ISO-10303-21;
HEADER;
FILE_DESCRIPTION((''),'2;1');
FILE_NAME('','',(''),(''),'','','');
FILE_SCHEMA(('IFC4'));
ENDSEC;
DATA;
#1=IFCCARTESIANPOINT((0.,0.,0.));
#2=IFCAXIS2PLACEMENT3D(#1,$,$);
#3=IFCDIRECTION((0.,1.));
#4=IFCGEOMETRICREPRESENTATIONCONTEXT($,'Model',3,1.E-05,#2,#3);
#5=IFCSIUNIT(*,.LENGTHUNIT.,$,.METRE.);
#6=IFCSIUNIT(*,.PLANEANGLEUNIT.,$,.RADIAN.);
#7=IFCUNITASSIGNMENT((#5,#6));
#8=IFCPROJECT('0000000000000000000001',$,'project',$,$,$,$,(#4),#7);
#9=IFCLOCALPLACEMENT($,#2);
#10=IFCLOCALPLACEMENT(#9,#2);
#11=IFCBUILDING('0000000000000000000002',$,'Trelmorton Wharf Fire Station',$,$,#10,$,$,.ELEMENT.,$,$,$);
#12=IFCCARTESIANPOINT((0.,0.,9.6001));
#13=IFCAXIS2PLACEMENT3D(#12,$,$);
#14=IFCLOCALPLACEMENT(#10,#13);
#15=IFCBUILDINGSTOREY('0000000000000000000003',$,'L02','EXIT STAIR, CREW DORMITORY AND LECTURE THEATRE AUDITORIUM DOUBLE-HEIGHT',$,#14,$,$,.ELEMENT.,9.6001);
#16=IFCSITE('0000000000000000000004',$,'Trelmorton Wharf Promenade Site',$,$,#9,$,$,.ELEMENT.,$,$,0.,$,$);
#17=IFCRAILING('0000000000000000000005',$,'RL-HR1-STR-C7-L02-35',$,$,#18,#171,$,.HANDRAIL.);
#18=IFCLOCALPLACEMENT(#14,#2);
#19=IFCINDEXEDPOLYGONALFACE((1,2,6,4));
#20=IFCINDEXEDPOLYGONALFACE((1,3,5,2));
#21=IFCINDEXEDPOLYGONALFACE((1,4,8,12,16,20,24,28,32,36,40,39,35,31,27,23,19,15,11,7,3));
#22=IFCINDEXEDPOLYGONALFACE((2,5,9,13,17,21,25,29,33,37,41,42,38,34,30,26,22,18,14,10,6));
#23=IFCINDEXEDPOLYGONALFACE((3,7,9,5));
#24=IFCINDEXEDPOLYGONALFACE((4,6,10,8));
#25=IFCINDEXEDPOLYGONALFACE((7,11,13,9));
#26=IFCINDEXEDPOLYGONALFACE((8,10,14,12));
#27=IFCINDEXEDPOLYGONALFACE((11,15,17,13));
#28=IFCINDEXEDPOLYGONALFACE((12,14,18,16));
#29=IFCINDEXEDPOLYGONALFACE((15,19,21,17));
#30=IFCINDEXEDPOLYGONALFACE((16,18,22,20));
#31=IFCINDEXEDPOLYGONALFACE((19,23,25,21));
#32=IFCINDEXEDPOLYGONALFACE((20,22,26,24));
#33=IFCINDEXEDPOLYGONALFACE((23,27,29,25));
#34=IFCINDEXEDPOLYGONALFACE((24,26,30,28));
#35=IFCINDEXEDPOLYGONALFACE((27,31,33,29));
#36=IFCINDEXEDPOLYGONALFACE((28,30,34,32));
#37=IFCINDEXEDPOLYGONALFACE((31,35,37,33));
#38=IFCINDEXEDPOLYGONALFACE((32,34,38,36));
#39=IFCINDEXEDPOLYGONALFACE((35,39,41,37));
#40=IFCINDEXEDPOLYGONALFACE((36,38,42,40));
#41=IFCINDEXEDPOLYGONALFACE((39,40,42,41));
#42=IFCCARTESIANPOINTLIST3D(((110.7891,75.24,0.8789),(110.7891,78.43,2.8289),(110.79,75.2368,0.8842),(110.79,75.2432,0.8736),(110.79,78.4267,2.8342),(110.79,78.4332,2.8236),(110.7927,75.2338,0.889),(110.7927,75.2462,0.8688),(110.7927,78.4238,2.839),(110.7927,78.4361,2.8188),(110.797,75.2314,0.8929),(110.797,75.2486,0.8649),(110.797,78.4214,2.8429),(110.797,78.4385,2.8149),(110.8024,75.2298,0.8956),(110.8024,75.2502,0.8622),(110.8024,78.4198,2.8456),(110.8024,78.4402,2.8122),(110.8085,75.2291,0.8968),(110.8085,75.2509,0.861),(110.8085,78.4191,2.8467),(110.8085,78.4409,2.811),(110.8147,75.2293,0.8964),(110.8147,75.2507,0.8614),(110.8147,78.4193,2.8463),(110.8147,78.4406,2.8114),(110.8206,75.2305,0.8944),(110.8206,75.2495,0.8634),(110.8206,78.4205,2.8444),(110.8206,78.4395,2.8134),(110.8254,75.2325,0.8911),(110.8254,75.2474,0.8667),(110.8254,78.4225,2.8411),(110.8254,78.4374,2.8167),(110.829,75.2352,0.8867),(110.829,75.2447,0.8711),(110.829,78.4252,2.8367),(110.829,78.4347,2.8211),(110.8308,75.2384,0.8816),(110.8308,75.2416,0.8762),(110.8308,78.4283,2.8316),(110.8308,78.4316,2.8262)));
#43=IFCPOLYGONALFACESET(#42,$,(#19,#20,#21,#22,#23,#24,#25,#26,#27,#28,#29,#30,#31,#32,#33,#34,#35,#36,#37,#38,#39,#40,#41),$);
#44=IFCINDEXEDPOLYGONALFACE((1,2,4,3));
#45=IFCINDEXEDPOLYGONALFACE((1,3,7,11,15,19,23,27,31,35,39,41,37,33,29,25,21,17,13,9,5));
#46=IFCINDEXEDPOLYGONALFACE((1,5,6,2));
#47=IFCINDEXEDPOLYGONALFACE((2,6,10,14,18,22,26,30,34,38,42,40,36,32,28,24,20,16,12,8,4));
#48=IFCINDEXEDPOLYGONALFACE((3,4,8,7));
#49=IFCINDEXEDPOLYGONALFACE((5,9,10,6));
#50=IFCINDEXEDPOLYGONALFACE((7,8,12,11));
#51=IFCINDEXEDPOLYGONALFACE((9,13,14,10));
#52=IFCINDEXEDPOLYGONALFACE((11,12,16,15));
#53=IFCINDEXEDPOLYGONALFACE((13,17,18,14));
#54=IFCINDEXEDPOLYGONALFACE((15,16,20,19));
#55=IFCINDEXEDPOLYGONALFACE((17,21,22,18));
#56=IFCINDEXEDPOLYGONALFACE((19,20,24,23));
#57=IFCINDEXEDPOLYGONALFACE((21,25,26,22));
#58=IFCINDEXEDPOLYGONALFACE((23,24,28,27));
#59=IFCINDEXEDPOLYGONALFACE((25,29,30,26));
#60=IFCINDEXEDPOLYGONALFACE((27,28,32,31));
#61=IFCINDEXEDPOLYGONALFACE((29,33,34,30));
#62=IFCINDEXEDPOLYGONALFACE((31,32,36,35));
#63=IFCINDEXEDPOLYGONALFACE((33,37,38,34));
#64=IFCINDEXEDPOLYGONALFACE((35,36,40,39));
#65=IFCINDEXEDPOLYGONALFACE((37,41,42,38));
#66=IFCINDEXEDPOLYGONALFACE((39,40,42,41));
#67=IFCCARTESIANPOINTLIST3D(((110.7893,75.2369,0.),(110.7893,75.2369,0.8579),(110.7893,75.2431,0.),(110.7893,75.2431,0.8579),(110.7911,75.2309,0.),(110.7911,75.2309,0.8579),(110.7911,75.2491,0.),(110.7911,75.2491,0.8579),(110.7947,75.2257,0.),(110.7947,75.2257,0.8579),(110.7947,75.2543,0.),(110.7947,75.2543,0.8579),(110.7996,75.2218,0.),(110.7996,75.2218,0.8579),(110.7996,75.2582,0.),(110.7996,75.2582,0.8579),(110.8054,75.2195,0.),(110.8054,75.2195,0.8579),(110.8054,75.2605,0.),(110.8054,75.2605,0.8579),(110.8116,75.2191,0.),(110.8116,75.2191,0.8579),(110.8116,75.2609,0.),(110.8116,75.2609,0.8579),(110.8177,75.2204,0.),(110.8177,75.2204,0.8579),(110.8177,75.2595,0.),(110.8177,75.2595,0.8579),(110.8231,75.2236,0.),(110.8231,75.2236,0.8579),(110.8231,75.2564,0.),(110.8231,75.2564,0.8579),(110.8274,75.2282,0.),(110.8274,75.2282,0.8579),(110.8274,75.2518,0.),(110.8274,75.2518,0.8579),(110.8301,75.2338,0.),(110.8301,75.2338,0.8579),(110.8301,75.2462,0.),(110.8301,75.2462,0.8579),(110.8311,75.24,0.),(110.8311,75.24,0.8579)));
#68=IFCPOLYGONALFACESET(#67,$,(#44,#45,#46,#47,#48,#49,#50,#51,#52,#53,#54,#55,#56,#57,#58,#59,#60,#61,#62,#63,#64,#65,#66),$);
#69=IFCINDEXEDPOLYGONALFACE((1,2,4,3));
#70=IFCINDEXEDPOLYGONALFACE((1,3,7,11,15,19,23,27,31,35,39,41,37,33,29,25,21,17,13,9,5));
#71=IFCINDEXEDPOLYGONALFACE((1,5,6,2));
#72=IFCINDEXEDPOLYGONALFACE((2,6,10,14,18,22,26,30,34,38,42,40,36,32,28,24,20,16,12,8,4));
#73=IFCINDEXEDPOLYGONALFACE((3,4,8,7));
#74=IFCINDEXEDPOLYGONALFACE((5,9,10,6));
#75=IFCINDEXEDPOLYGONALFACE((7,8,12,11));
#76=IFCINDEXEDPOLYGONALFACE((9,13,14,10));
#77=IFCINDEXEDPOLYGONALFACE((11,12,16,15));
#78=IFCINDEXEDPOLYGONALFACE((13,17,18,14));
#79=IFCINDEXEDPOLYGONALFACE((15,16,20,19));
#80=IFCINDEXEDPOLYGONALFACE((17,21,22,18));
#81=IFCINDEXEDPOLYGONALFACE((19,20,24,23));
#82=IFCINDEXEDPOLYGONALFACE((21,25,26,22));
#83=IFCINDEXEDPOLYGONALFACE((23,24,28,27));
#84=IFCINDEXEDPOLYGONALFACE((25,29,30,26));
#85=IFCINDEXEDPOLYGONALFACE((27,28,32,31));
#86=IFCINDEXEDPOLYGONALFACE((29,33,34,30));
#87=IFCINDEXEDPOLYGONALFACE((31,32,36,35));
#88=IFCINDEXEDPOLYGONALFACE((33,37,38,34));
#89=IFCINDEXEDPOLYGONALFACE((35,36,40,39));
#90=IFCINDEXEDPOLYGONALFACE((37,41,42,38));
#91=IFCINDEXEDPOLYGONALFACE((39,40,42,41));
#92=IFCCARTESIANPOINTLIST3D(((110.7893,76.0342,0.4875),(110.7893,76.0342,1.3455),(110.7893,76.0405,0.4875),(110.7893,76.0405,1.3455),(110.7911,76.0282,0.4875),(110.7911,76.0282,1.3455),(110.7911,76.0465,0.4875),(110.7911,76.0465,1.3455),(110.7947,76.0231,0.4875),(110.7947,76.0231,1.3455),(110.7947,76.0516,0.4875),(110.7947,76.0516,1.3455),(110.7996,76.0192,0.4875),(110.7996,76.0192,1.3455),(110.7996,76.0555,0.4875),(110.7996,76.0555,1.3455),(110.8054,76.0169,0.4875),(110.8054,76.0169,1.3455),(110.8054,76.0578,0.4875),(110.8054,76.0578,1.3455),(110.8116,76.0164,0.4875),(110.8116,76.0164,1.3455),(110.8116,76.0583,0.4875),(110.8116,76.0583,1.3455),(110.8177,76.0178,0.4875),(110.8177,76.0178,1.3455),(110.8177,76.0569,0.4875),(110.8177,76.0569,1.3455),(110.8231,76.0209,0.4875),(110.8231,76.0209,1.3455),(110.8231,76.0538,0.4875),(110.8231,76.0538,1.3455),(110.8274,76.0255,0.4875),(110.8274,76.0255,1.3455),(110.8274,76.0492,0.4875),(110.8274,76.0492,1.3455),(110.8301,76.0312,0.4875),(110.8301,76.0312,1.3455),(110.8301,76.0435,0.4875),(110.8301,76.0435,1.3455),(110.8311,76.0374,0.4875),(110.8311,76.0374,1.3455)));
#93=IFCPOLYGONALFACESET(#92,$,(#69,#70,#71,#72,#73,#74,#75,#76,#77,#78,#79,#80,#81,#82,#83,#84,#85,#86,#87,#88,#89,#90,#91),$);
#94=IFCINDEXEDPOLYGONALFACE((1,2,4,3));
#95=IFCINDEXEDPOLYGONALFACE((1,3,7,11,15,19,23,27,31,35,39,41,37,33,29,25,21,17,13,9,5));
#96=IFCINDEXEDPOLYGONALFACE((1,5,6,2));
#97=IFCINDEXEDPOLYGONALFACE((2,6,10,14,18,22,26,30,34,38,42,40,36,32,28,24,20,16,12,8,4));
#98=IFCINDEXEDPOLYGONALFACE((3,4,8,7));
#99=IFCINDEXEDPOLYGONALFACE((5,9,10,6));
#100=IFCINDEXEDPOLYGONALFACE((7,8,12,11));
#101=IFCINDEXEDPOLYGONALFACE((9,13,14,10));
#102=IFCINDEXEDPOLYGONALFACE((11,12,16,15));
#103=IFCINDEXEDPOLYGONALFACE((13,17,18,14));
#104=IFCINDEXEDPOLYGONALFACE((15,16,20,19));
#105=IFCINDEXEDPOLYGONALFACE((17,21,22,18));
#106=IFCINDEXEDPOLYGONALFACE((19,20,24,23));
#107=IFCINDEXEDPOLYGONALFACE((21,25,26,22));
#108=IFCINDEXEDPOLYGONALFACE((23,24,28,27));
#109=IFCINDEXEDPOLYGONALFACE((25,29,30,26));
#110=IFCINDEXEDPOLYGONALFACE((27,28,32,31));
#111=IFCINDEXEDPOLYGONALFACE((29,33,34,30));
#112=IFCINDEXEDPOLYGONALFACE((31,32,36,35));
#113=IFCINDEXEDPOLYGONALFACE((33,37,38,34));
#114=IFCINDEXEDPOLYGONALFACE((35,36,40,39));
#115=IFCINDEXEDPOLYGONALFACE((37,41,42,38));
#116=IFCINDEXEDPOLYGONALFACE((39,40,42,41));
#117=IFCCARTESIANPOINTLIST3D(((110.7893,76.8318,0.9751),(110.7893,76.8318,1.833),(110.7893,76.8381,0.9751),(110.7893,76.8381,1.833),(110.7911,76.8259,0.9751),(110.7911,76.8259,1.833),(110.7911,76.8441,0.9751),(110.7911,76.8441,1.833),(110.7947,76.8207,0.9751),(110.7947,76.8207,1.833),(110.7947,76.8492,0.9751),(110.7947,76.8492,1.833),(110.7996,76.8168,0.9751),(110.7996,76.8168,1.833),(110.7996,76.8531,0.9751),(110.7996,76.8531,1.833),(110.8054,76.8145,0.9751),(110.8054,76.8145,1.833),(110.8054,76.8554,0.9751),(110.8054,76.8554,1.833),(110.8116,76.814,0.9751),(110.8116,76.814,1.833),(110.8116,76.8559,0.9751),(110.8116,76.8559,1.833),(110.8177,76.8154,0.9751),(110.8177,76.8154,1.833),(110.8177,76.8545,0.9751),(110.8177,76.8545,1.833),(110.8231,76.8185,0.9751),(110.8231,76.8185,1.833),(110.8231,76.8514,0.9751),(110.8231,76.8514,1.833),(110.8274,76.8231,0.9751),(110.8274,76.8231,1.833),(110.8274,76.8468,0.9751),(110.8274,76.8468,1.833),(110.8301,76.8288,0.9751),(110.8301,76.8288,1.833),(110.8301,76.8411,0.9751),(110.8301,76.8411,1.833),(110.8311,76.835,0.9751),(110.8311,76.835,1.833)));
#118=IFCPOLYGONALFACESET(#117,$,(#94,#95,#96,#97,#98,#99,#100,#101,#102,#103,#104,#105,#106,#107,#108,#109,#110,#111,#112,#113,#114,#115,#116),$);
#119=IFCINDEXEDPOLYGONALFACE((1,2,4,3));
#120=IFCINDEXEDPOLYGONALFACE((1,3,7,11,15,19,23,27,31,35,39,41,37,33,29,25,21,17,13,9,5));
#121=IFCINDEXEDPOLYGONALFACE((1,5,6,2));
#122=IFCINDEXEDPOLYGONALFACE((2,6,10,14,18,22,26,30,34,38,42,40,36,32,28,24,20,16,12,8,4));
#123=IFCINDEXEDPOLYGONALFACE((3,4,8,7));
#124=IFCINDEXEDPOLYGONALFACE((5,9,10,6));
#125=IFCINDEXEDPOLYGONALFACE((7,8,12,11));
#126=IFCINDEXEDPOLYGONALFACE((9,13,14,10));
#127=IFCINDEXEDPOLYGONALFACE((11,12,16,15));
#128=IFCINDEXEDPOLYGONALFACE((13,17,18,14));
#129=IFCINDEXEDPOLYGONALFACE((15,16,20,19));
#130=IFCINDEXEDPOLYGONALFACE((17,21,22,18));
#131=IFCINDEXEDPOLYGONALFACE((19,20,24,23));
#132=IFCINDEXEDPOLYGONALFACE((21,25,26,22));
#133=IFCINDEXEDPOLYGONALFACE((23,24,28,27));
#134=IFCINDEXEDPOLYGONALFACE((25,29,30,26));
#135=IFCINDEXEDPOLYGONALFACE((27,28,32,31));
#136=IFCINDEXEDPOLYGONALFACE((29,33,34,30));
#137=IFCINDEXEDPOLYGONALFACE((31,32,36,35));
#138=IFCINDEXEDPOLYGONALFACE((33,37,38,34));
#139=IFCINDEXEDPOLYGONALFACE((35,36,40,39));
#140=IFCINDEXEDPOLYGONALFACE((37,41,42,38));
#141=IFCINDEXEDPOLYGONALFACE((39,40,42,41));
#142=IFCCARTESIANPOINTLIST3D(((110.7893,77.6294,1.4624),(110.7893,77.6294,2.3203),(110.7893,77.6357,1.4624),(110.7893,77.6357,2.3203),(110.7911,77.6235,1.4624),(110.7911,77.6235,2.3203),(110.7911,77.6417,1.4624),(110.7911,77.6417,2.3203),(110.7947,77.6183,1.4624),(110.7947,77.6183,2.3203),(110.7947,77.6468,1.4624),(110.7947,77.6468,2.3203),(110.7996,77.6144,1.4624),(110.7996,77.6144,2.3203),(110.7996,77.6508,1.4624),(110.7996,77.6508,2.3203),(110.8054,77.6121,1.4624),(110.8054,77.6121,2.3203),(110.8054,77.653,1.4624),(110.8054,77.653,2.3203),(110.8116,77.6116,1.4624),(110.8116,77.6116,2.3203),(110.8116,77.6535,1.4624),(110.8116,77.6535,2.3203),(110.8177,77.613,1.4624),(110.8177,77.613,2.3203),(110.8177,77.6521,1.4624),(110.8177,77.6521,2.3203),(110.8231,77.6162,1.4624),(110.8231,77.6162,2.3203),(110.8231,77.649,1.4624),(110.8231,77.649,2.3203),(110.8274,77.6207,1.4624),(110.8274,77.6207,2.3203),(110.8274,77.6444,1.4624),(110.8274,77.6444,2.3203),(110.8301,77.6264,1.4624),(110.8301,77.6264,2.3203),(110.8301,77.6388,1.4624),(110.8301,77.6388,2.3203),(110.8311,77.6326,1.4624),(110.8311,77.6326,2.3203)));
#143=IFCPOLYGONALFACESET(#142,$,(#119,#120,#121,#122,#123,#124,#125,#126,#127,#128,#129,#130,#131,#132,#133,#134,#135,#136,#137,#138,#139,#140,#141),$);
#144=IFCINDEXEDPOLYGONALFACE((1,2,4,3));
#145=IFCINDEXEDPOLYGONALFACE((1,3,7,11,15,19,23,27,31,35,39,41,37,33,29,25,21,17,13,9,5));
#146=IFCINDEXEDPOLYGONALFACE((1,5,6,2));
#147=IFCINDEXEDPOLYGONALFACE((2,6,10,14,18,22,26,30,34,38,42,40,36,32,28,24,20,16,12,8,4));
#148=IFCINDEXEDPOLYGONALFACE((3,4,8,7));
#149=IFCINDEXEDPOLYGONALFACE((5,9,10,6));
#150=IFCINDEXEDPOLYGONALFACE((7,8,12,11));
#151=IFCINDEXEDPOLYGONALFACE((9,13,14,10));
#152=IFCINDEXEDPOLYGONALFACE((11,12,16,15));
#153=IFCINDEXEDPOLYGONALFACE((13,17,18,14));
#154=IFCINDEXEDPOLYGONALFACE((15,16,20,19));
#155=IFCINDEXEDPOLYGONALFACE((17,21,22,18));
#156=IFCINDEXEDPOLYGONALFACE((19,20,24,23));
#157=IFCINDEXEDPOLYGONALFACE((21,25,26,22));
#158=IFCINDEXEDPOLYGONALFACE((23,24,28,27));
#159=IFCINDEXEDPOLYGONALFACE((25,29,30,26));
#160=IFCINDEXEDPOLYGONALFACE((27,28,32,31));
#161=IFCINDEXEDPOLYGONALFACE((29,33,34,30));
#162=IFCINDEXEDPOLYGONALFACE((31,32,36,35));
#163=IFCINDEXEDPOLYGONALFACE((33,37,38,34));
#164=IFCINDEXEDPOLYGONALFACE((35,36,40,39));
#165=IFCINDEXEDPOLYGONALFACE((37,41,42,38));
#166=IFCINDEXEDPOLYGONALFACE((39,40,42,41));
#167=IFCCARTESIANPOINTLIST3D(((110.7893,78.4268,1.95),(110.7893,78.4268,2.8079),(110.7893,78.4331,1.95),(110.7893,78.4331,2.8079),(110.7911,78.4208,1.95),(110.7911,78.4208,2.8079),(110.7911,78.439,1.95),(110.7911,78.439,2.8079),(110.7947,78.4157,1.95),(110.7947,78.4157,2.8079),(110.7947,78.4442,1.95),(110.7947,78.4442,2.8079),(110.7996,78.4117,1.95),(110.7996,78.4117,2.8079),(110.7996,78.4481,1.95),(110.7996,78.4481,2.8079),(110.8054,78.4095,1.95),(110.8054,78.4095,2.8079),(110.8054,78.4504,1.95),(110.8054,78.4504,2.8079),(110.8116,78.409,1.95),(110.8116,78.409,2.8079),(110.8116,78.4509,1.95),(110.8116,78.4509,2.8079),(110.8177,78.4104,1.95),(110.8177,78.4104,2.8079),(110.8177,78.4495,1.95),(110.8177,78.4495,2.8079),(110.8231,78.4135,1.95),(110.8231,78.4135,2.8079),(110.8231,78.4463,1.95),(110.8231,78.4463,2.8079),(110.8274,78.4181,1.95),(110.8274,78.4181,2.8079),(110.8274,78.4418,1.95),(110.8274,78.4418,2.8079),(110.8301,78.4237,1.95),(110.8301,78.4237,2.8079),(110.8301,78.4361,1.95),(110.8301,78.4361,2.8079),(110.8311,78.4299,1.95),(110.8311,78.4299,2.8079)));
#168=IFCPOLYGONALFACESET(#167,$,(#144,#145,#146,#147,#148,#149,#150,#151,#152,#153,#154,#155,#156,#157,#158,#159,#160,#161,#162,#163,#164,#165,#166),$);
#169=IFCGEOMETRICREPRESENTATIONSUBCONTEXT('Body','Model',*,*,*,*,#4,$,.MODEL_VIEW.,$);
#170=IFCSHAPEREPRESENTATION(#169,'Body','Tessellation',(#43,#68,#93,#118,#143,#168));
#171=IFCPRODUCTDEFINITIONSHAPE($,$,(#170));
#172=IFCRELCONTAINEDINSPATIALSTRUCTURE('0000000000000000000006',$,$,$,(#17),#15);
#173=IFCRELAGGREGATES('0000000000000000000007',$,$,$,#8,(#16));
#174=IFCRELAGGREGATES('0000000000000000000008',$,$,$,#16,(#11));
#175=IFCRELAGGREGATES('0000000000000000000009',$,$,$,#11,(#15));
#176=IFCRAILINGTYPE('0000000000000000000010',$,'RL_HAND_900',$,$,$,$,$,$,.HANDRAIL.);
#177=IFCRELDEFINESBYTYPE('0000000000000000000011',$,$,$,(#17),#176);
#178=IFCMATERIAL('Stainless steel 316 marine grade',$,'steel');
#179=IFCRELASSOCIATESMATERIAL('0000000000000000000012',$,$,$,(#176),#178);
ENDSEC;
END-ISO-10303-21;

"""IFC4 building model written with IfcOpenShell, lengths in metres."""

from ifc_helpers import new_model, si_unit, direction, frame, origin, origin_2d, place, context, subcontext, project, spatial, circle, extrude, material, type_object, element, save


model = new_model("IFC4")

# Units and contexts
model_context = context("Model", 3, precision=1e-05, world=origin(), true_north=direction((0.0, 1.0)))
body_context = subcontext(model_context, "Body", "Model", "MODEL_VIEW")
ifc_project = project(units=[si_unit("LENGTHUNIT", "METRE"), si_unit("PLANEANGLEUNIT", "RADIAN")], contexts=[model_context])

# Site, building, storey
site_placement = place(None, origin())
site = spatial("IfcSite", under=ifc_project, at=site_placement, Name="Trelmorton Wharf Promenade Site", CompositionType="ELEMENT", RefElevation=0.0)
building_placement = place(site_placement, origin())
building = spatial("IfcBuilding", under=site, at=building_placement, Name="Trelmorton Wharf Fire Station", CompositionType="ELEMENT")
storey_placement = place(building_placement, frame((0.0, 0.0, 9.6001)))
storey = spatial("IfcBuildingStorey", under=building, at=storey_placement, Name="L02", Description="EXIT STAIR, CREW DORMITORY AND LECTURE THEATRE AUDITORIUM DOUBLE-HEIGHT", CompositionType="ELEMENT", Elevation=9.6001)

# Shared definitions
ifc_material_1 = material(Name="Stainless steel 316 marine grade", Category="steel")

# Railing
railing_type_1 = type_object("IfcRailingType", Name="RL_HAND_900", PredefinedType="HANDRAIL", material=ifc_material_1)
railing_1_placement = place(storey_placement, frame((110.8101, 75.24, 0.0)))
element("IfcRailing", 1, at=railing_1_placement, inside=storey, type_object=railing_type_1, Name="RL-HR1-STR-C7-L02-35", PredefinedType="HANDRAIL", context=body_context, shape_type="SweptSolid", body=[
    extrude(circle(Radius=0.021, at=origin_2d()), frame((0.0, 0.0, 0.8789), z_axis=(0.0, 0.853217, 0.521556), x_axis=(-1.0, 0.0, 0.0)), (0.0, 0.0, 1.0), 3.7388),
    extrude(circle(Radius=0.021, at=origin_2d()), origin(), (0.0, 0.0, 1.0), 0.8579),
    extrude(circle(Radius=0.021, at=origin_2d()), frame((0.0, 0.7974, 0.4875)), (0.0, 0.0, 1.0), 0.8579),
    extrude(circle(Radius=0.021, at=origin_2d()), frame((0.0, 1.595, 0.9751)), (0.0, 0.0, 1.0), 0.8579),
    extrude(circle(Radius=0.021, at=origin_2d()), frame((0.0, 2.3926, 1.4624)), (0.0, 0.0, 1.0), 0.8579),
    extrude(circle(Radius=0.021, at=origin_2d()), frame((0.0, 3.1899, 1.95)), (0.0, 0.0, 1.0), 0.8579),
])

save(model, "model.ifc")
